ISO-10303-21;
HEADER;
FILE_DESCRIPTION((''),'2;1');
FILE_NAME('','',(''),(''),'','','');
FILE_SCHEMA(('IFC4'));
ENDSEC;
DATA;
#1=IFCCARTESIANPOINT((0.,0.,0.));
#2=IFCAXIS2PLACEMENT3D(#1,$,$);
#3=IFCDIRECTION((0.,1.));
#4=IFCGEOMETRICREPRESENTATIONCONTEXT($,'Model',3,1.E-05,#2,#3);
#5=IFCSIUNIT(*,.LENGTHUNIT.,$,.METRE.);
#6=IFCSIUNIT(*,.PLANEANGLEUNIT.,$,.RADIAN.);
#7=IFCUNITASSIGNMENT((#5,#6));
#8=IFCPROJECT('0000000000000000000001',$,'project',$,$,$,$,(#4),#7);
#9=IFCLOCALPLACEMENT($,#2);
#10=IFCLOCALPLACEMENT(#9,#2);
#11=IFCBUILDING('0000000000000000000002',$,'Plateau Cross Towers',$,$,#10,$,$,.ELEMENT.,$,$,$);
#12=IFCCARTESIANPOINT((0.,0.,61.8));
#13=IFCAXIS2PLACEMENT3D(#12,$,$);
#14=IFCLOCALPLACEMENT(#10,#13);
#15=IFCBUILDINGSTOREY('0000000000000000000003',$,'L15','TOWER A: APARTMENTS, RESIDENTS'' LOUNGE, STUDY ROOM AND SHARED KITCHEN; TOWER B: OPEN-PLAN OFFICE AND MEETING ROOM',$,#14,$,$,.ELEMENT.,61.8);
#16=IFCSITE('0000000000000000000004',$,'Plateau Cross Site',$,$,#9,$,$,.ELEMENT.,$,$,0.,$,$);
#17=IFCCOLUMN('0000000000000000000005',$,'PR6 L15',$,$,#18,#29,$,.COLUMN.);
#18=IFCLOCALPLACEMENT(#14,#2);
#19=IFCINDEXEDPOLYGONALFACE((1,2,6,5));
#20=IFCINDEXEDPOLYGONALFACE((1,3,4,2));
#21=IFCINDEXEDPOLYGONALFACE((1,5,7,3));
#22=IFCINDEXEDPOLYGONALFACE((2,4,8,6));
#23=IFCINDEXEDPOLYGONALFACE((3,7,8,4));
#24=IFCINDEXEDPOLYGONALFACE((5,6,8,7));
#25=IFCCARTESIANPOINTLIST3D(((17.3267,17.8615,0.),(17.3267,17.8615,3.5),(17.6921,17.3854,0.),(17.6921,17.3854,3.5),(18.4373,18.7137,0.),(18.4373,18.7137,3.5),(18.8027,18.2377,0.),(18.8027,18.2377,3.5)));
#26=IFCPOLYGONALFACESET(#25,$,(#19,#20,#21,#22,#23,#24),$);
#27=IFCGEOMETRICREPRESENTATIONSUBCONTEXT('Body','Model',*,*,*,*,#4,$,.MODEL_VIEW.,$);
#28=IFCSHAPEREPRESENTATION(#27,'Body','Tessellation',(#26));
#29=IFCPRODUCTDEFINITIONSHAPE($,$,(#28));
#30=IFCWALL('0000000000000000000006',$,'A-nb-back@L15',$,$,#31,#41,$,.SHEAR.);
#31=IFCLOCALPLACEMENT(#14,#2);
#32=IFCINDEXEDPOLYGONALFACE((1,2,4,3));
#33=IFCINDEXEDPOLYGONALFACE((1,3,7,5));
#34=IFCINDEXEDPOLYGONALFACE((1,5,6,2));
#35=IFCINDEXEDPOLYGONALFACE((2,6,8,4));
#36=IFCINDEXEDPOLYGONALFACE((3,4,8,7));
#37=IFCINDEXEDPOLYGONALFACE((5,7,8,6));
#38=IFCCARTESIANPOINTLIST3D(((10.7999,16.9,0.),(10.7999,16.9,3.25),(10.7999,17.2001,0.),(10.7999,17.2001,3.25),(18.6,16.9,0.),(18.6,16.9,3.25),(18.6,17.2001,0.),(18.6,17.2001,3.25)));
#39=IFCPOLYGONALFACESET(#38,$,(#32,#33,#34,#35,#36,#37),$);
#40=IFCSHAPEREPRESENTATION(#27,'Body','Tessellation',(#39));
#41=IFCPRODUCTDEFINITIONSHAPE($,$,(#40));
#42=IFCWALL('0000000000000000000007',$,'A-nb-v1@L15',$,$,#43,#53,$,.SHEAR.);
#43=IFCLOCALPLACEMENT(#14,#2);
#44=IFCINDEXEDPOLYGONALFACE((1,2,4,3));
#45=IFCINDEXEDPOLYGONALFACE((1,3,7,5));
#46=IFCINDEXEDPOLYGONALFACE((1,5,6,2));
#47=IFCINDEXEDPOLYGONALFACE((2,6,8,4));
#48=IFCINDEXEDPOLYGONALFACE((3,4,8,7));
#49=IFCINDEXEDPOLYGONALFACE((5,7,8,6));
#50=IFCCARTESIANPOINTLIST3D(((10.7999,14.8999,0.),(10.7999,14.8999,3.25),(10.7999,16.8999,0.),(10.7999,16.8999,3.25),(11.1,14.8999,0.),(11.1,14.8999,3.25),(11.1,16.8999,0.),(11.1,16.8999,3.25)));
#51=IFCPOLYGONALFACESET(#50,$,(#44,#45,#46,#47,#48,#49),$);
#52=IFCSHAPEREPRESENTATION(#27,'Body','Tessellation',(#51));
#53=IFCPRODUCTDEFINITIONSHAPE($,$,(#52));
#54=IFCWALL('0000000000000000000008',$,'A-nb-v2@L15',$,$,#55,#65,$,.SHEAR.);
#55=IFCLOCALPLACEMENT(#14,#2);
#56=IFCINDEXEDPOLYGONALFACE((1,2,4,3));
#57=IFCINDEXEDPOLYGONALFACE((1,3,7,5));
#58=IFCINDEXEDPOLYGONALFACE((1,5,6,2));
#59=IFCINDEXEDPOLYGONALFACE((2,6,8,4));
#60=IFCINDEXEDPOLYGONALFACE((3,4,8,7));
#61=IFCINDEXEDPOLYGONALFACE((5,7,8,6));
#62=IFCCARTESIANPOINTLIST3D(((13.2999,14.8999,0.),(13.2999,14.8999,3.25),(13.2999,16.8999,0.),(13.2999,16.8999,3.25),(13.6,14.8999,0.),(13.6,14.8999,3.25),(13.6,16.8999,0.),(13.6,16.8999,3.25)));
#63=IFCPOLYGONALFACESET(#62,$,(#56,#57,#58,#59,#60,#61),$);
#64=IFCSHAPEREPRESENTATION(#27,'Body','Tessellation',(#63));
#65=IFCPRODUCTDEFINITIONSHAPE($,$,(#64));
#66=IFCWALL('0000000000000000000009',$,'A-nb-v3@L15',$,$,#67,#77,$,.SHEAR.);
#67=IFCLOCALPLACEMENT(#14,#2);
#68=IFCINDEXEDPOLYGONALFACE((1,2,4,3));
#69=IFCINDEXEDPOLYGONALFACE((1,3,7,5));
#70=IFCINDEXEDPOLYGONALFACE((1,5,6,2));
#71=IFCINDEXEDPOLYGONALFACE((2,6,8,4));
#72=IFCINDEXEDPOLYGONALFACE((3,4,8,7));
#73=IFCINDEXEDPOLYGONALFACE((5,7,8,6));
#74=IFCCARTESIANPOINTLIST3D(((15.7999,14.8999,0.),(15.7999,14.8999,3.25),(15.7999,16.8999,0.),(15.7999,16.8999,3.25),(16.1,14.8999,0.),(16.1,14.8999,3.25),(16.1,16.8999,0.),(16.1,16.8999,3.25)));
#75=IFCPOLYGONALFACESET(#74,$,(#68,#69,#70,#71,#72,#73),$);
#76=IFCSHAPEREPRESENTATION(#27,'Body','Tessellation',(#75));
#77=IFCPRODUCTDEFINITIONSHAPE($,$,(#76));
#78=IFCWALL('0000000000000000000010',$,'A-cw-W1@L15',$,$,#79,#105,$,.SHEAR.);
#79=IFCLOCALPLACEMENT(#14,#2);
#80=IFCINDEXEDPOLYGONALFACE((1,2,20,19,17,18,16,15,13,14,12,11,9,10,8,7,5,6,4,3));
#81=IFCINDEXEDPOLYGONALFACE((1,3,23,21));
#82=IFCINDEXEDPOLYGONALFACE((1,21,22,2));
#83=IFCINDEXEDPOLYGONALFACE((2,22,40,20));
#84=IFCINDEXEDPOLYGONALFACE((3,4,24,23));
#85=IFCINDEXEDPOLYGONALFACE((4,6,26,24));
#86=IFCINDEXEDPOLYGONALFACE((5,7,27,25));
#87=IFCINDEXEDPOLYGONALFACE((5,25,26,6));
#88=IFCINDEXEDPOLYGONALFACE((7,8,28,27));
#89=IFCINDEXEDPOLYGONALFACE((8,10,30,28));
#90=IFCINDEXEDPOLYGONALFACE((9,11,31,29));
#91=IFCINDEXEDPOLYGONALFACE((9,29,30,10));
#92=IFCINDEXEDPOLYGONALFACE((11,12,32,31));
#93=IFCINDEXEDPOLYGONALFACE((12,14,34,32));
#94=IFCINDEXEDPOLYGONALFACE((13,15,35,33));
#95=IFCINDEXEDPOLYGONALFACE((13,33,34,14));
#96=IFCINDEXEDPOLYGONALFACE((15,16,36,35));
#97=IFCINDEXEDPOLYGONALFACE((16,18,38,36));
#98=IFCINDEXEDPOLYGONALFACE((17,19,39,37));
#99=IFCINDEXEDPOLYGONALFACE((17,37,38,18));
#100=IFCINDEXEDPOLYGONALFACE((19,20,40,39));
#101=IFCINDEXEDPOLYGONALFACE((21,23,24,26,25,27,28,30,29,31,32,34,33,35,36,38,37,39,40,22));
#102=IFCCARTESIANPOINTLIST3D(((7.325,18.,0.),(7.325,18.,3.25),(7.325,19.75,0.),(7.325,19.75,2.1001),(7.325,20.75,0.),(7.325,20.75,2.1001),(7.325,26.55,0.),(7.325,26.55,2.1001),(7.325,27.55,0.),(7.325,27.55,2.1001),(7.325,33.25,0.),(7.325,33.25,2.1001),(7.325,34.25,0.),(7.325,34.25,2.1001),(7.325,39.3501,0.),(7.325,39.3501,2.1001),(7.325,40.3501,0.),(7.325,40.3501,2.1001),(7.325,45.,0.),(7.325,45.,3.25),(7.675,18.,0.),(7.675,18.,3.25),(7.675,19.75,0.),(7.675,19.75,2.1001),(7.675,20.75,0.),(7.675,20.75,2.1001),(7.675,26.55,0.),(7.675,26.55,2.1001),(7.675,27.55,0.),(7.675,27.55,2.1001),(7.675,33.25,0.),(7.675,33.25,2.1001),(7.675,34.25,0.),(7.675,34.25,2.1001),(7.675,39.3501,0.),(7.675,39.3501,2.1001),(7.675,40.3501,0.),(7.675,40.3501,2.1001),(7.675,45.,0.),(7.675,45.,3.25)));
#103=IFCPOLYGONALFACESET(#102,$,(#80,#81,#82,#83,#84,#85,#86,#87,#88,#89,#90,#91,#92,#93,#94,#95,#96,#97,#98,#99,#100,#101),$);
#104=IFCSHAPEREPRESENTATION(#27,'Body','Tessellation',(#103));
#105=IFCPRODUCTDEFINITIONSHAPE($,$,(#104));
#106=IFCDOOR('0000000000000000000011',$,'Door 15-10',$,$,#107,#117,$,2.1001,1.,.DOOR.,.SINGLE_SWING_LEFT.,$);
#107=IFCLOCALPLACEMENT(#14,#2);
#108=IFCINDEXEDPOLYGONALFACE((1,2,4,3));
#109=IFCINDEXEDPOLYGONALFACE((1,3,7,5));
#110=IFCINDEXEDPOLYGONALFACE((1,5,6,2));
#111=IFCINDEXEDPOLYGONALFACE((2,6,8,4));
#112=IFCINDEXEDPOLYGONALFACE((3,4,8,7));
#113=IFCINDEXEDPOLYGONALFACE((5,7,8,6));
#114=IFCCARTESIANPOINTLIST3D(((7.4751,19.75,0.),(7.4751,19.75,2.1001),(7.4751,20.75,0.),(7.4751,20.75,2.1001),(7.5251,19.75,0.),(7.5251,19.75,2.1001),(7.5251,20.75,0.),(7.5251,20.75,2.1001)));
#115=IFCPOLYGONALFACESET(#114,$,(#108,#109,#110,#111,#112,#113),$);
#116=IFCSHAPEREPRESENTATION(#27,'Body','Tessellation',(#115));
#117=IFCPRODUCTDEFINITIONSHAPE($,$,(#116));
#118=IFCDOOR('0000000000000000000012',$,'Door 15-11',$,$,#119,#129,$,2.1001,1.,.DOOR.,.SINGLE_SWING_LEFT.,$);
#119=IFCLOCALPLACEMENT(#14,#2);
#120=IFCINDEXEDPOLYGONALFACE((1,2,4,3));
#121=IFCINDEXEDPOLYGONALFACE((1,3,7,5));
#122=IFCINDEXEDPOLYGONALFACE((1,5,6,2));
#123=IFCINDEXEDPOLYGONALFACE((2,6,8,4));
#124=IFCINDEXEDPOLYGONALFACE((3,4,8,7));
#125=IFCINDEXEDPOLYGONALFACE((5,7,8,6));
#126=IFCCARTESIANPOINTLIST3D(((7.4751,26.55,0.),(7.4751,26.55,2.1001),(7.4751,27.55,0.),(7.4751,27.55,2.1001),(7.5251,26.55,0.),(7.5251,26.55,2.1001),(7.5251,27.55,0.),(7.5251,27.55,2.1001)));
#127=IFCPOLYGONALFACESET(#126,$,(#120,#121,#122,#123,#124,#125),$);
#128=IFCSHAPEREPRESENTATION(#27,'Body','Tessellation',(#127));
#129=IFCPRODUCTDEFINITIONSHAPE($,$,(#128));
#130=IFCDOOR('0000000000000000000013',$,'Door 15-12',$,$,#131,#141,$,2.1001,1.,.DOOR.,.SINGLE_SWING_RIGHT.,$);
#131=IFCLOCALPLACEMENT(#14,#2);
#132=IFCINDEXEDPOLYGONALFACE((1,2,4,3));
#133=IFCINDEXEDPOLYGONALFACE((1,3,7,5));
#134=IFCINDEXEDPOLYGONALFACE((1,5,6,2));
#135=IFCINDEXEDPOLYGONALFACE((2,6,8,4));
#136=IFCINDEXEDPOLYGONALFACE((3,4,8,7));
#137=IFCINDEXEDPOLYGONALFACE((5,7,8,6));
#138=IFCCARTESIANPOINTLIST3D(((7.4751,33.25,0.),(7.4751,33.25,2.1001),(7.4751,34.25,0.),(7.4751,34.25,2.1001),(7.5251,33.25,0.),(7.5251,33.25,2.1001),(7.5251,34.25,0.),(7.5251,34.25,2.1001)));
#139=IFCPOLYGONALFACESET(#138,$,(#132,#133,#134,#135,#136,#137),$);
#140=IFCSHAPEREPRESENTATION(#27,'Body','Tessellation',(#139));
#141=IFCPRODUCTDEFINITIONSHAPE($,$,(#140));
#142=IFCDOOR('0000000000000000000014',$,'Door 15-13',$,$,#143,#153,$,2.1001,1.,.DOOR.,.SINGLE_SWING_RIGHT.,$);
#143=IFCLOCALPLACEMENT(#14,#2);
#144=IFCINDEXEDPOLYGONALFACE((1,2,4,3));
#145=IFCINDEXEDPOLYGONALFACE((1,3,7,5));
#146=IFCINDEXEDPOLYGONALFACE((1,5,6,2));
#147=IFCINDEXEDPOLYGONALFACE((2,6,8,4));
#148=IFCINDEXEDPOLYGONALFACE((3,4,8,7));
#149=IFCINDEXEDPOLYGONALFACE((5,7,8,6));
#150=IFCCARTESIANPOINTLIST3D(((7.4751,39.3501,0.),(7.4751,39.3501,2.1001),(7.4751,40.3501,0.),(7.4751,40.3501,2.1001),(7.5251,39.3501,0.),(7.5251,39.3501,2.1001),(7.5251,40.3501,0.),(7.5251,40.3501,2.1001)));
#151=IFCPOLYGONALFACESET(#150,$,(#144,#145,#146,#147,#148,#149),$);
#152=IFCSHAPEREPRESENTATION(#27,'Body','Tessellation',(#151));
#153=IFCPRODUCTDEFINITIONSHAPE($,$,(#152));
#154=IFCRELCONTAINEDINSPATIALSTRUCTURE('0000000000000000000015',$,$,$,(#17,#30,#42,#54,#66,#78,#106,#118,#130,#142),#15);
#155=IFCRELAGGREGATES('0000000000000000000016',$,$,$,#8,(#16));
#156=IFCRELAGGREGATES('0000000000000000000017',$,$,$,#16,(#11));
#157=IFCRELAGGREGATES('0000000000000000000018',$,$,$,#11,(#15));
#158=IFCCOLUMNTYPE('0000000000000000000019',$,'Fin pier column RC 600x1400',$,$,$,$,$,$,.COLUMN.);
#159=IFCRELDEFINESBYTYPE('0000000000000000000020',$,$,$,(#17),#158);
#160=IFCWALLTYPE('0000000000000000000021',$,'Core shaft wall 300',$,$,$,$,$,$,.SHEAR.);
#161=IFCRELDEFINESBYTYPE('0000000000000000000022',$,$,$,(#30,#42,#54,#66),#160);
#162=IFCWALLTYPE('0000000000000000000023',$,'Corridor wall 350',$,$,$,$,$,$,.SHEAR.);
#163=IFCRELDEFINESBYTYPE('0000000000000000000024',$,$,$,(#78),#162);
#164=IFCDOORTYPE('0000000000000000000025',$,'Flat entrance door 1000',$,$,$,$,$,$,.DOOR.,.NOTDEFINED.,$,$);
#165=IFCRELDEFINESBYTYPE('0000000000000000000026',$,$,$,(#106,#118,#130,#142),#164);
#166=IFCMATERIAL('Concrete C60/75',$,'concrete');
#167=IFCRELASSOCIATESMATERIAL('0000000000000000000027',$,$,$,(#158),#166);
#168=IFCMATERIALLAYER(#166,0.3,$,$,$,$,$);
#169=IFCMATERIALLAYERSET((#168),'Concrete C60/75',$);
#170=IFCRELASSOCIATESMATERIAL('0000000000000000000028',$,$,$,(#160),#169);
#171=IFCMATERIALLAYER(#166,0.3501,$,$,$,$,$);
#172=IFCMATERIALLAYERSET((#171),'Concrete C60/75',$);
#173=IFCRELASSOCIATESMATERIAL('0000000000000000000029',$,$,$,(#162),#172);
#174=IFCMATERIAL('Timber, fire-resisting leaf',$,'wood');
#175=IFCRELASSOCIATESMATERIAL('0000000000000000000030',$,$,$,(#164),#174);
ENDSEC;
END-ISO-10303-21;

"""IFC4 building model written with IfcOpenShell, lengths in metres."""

from ifc_helpers import new_model, si_unit, direction, frame, frame_2d, origin, origin_2d, place, context, subcontext, project, spatial, rectangle, extrude, material, layer, layer_set, material_profile, profile_set, type_object, element, fill, save


model = new_model("IFC4")

# Units and contexts
model_context = context("Model", 3, precision=1e-05, world=origin(), true_north=direction((0.0, 1.0)))
body_context = subcontext(model_context, "Body", "Model", "MODEL_VIEW")
ifc_project = project(units=[si_unit("LENGTHUNIT", "METRE"), si_unit("PLANEANGLEUNIT", "RADIAN")], contexts=[model_context])

# Site, building, storey
site_placement = place(None, origin())
site = spatial("IfcSite", under=ifc_project, at=site_placement, Name="Plateau Cross Site", CompositionType="ELEMENT", RefElevation=0.0)
building_placement = place(site_placement, origin())
building = spatial("IfcBuilding", under=site, at=building_placement, Name="Plateau Cross Towers", CompositionType="ELEMENT")
storey_placement = place(building_placement, frame((0.0, 0.0, 61.8)))
storey = spatial("IfcBuildingStorey", under=building, at=storey_placement, Name="L15", Description="TOWER A: APARTMENTS, RESIDENTS' LOUNGE, STUDY ROOM AND SHARED KITCHEN; TOWER B: OPEN-PLAN OFFICE AND MEETING ROOM", CompositionType="ELEMENT", Elevation=61.8)

# Column
ifc_material_1 = material(Name="Concrete C60/75", Category="concrete")
ifc_material_profile = material_profile(ifc_material_1, rectangle(XDim=0.6001, YDim=1.3999, at=origin_2d()), Name="RC 600x1400")
ifc_profile_set = profile_set([ifc_material_profile], Name="Concrete C60/75")
column_type = type_object("IfcColumnType", Name="Fin pier column RC 600x1400", PredefinedType="COLUMN", material=ifc_profile_set)
column_placement = place(storey_placement, frame((18.0647, 18.0496, 0.0), z_axis=(0.0, 0.0, 1.0), x_axis=(-0.608811, 0.793315, 0.0)))
element("IfcColumn", 1, at=column_placement, inside=storey, type_object=column_type, Name="PR6 L15", PredefinedType="COLUMN", context=body_context, shape_type="SweptSolid", body=[
    extrude(rectangle(XDim=0.6001, YDim=1.3999, at=origin_2d()), origin(), (0.0, 0.0, 1.0), 3.5),
])

# Walls
ifc_layer_1 = layer(ifc_material_1, 0.3)
ifc_layer_set_1 = layer_set([ifc_layer_1], Name="Concrete C60/75")
wall_type_1 = type_object("IfcWallType", Name="Core shaft wall 300", PredefinedType="SHEAR", material=ifc_layer_set_1)
wall_1_placement = place(storey_placement, frame((10.8, 17.05, 0.0), z_axis=(0.0, 0.0, 1.0), x_axis=(1.0, 0.0, 0.0)))
element("IfcWall", 2, at=wall_1_placement, inside=storey, type_object=wall_type_1, Name="A-nb-back@L15", PredefinedType="SHEAR", context=body_context, shape_type="SweptSolid", body=[
    extrude(rectangle(XDim=7.8, YDim=0.3, at=frame_2d((3.8999, 0.0))), origin(), (0.0, 0.0, 1.0), 3.25),
])
for number, where, z_axis, x_axis, name in (
    (3, (10.95, 14.8999, 0.0), (0.0, 0.0, 1.0), (0.0, 1.0, 0.0), "A-nb-v1@L15"),
    (4, (13.45, 14.8999, 0.0), (0.0, 0.0, 1.0), (0.0, 1.0, 0.0), "A-nb-v2@L15"),
    (5, (15.95, 14.8999, 0.0), (0.0, 0.0, 1.0), (0.0, 1.0, 0.0), "A-nb-v3@L15"),
):
    element("IfcWall", number, at=place(storey_placement, frame(where, z_axis=z_axis, x_axis=x_axis)), inside=storey, type_object=wall_type_1, Name=name, PredefinedType="SHEAR", context=body_context, shape_type="SweptSolid", body=[
        extrude(rectangle(XDim=2.0, YDim=0.3, at=frame_2d((1.0, 0.0))), origin(), (0.0, 0.0, 1.0), 3.25),
    ])

# Wall, openings, doors
ifc_layer_2 = layer(ifc_material_1, 0.3501)
ifc_layer_set_2 = layer_set([ifc_layer_2], Name="Concrete C60/75")
wall_type_2 = type_object("IfcWallType", Name="Corridor wall 350", PredefinedType="SHEAR", material=ifc_layer_set_2)
wall_2_placement = place(storey_placement, frame((7.5, 18.0, 0.0), z_axis=(0.0, 0.0, 1.0), x_axis=(0.0, 1.0, 0.0)))
wall_2 = element("IfcWall", 6, at=wall_2_placement, inside=storey, type_object=wall_type_2, Name="A-cw-W1@L15", PredefinedType="SHEAR", context=body_context, shape_type="SweptSolid", body=[
    extrude(rectangle(XDim=27.0, YDim=0.3501, at=frame_2d((13.5, 0.0))), origin(), (0.0, 0.0, 1.0), 3.25),
])
opening_1_placement = place(wall_2_placement, frame((1.75, 0.0, 0.0)))
opening_1 = element("IfcOpeningElement", 7, at=opening_1_placement, cuts=wall_2, PredefinedType="OPENING", context=body_context, shape_type="SweptSolid", body=[
    extrude(rectangle(XDim=1.0, YDim=2.1001, at=frame_2d((0.5, 1.05))), frame((0.0, 0.1851, 0.0), z_axis=(0.0, -1.0, 0.0), x_axis=(1.0, 0.0, 0.0)), (0.0, 0.0, 1.0), 0.3701),
])
opening_2_placement = place(wall_2_placement, frame((8.55, 0.0, 0.0)))
opening_2 = element("IfcOpeningElement", 8, at=opening_2_placement, cuts=wall_2, PredefinedType="OPENING", context=body_context, shape_type="SweptSolid", body=[
    extrude(rectangle(XDim=1.0, YDim=2.1001, at=frame_2d((0.5, 1.05))), frame((0.0, 0.1851, 0.0), z_axis=(0.0, -1.0, 0.0), x_axis=(1.0, 0.0, 0.0)), (0.0, 0.0, 1.0), 0.3701),
])
opening_3_placement = place(wall_2_placement, frame((15.25, 0.0, 0.0)))
opening_3 = element("IfcOpeningElement", 9, at=opening_3_placement, cuts=wall_2, PredefinedType="OPENING", context=body_context, shape_type="SweptSolid", body=[
    extrude(rectangle(XDim=1.0, YDim=2.1001, at=frame_2d((0.5, 1.05))), frame((0.0, 0.1851, 0.0), z_axis=(0.0, -1.0, 0.0), x_axis=(1.0, 0.0, 0.0)), (0.0, 0.0, 1.0), 0.3701),
])
opening_4_placement = place(wall_2_placement, frame((21.3501, 0.0, 0.0)))
opening_4 = element("IfcOpeningElement", 10, at=opening_4_placement, cuts=wall_2, PredefinedType="OPENING", context=body_context, shape_type="SweptSolid", body=[
    extrude(rectangle(XDim=1.0, YDim=2.1001, at=frame_2d((0.5, 1.05))), frame((0.0, 0.1851, 0.0), z_axis=(0.0, -1.0, 0.0), x_axis=(1.0, 0.0, 0.0)), (0.0, 0.0, 1.0), 0.3701),
])
ifc_material_2 = material(Name="Timber, fire-resisting leaf", Category="wood")
door_type_1 = type_object("IfcDoorType", Name="Flat entrance door 1000", OperationType="NOTDEFINED", PredefinedType="DOOR", material=ifc_material_2)
door_1_placement = place(opening_1_placement, origin())
door_1 = element("IfcDoor", 11, at=door_1_placement, inside=storey, type_object=door_type_1, Name="Door 15-10", OperationType="SINGLE_SWING_LEFT", OverallHeight=2.1001, OverallWidth=1.0, PredefinedType="DOOR", context=body_context, shape_type="SweptSolid", body=[
    extrude(rectangle(XDim=1.0, YDim=2.1001, at=frame_2d((0.5, 1.05))), frame((0.0, 0.0249, 0.0), z_axis=(0.0, -1.0, 0.0), x_axis=(1.0, 0.0, 0.0)), (0.0, 0.0, 1.0), 0.05),
])
fill(opening_1, door_1)
door_2_placement = place(opening_2_placement, origin())
door_2 = element("IfcDoor", 12, at=door_2_placement, inside=storey, type_object=door_type_1, Name="Door 15-11", OperationType="SINGLE_SWING_LEFT", OverallHeight=2.1001, OverallWidth=1.0, PredefinedType="DOOR", context=body_context, shape_type="SweptSolid", body=[
    extrude(rectangle(XDim=1.0, YDim=2.1001, at=frame_2d((0.5, 1.05))), frame((0.0, 0.0249, 0.0), z_axis=(0.0, -1.0, 0.0), x_axis=(1.0, 0.0, 0.0)), (0.0, 0.0, 1.0), 0.05),
])
fill(opening_2, door_2)
door_3_placement = place(opening_3_placement, origin())
door_3 = element("IfcDoor", 13, at=door_3_placement, inside=storey, type_object=door_type_1, Name="Door 15-12", OperationType="SINGLE_SWING_RIGHT", OverallHeight=2.1001, OverallWidth=1.0, PredefinedType="DOOR", context=body_context, shape_type="SweptSolid", body=[
    extrude(rectangle(XDim=1.0, YDim=2.1001, at=frame_2d((0.5, 1.05))), frame((0.0, 0.0249, 0.0), z_axis=(0.0, -1.0, 0.0), x_axis=(1.0, 0.0, 0.0)), (0.0, 0.0, 1.0), 0.05),
])
fill(opening_3, door_3)
door_4_placement = place(opening_4_placement, origin())
door_4 = element("IfcDoor", 14, at=door_4_placement, inside=storey, type_object=door_type_1, Name="Door 15-13", OperationType="SINGLE_SWING_RIGHT", OverallHeight=2.1001, OverallWidth=1.0, PredefinedType="DOOR", context=body_context, shape_type="SweptSolid", body=[
    extrude(rectangle(XDim=1.0, YDim=2.1001, at=frame_2d((0.5, 1.05))), frame((0.0, 0.0249, 0.0), z_axis=(0.0, -1.0, 0.0), x_axis=(1.0, 0.0, 0.0)), (0.0, 0.0, 1.0), 0.05),
])
fill(opening_4, door_4)

save(model, "model.ifc")
